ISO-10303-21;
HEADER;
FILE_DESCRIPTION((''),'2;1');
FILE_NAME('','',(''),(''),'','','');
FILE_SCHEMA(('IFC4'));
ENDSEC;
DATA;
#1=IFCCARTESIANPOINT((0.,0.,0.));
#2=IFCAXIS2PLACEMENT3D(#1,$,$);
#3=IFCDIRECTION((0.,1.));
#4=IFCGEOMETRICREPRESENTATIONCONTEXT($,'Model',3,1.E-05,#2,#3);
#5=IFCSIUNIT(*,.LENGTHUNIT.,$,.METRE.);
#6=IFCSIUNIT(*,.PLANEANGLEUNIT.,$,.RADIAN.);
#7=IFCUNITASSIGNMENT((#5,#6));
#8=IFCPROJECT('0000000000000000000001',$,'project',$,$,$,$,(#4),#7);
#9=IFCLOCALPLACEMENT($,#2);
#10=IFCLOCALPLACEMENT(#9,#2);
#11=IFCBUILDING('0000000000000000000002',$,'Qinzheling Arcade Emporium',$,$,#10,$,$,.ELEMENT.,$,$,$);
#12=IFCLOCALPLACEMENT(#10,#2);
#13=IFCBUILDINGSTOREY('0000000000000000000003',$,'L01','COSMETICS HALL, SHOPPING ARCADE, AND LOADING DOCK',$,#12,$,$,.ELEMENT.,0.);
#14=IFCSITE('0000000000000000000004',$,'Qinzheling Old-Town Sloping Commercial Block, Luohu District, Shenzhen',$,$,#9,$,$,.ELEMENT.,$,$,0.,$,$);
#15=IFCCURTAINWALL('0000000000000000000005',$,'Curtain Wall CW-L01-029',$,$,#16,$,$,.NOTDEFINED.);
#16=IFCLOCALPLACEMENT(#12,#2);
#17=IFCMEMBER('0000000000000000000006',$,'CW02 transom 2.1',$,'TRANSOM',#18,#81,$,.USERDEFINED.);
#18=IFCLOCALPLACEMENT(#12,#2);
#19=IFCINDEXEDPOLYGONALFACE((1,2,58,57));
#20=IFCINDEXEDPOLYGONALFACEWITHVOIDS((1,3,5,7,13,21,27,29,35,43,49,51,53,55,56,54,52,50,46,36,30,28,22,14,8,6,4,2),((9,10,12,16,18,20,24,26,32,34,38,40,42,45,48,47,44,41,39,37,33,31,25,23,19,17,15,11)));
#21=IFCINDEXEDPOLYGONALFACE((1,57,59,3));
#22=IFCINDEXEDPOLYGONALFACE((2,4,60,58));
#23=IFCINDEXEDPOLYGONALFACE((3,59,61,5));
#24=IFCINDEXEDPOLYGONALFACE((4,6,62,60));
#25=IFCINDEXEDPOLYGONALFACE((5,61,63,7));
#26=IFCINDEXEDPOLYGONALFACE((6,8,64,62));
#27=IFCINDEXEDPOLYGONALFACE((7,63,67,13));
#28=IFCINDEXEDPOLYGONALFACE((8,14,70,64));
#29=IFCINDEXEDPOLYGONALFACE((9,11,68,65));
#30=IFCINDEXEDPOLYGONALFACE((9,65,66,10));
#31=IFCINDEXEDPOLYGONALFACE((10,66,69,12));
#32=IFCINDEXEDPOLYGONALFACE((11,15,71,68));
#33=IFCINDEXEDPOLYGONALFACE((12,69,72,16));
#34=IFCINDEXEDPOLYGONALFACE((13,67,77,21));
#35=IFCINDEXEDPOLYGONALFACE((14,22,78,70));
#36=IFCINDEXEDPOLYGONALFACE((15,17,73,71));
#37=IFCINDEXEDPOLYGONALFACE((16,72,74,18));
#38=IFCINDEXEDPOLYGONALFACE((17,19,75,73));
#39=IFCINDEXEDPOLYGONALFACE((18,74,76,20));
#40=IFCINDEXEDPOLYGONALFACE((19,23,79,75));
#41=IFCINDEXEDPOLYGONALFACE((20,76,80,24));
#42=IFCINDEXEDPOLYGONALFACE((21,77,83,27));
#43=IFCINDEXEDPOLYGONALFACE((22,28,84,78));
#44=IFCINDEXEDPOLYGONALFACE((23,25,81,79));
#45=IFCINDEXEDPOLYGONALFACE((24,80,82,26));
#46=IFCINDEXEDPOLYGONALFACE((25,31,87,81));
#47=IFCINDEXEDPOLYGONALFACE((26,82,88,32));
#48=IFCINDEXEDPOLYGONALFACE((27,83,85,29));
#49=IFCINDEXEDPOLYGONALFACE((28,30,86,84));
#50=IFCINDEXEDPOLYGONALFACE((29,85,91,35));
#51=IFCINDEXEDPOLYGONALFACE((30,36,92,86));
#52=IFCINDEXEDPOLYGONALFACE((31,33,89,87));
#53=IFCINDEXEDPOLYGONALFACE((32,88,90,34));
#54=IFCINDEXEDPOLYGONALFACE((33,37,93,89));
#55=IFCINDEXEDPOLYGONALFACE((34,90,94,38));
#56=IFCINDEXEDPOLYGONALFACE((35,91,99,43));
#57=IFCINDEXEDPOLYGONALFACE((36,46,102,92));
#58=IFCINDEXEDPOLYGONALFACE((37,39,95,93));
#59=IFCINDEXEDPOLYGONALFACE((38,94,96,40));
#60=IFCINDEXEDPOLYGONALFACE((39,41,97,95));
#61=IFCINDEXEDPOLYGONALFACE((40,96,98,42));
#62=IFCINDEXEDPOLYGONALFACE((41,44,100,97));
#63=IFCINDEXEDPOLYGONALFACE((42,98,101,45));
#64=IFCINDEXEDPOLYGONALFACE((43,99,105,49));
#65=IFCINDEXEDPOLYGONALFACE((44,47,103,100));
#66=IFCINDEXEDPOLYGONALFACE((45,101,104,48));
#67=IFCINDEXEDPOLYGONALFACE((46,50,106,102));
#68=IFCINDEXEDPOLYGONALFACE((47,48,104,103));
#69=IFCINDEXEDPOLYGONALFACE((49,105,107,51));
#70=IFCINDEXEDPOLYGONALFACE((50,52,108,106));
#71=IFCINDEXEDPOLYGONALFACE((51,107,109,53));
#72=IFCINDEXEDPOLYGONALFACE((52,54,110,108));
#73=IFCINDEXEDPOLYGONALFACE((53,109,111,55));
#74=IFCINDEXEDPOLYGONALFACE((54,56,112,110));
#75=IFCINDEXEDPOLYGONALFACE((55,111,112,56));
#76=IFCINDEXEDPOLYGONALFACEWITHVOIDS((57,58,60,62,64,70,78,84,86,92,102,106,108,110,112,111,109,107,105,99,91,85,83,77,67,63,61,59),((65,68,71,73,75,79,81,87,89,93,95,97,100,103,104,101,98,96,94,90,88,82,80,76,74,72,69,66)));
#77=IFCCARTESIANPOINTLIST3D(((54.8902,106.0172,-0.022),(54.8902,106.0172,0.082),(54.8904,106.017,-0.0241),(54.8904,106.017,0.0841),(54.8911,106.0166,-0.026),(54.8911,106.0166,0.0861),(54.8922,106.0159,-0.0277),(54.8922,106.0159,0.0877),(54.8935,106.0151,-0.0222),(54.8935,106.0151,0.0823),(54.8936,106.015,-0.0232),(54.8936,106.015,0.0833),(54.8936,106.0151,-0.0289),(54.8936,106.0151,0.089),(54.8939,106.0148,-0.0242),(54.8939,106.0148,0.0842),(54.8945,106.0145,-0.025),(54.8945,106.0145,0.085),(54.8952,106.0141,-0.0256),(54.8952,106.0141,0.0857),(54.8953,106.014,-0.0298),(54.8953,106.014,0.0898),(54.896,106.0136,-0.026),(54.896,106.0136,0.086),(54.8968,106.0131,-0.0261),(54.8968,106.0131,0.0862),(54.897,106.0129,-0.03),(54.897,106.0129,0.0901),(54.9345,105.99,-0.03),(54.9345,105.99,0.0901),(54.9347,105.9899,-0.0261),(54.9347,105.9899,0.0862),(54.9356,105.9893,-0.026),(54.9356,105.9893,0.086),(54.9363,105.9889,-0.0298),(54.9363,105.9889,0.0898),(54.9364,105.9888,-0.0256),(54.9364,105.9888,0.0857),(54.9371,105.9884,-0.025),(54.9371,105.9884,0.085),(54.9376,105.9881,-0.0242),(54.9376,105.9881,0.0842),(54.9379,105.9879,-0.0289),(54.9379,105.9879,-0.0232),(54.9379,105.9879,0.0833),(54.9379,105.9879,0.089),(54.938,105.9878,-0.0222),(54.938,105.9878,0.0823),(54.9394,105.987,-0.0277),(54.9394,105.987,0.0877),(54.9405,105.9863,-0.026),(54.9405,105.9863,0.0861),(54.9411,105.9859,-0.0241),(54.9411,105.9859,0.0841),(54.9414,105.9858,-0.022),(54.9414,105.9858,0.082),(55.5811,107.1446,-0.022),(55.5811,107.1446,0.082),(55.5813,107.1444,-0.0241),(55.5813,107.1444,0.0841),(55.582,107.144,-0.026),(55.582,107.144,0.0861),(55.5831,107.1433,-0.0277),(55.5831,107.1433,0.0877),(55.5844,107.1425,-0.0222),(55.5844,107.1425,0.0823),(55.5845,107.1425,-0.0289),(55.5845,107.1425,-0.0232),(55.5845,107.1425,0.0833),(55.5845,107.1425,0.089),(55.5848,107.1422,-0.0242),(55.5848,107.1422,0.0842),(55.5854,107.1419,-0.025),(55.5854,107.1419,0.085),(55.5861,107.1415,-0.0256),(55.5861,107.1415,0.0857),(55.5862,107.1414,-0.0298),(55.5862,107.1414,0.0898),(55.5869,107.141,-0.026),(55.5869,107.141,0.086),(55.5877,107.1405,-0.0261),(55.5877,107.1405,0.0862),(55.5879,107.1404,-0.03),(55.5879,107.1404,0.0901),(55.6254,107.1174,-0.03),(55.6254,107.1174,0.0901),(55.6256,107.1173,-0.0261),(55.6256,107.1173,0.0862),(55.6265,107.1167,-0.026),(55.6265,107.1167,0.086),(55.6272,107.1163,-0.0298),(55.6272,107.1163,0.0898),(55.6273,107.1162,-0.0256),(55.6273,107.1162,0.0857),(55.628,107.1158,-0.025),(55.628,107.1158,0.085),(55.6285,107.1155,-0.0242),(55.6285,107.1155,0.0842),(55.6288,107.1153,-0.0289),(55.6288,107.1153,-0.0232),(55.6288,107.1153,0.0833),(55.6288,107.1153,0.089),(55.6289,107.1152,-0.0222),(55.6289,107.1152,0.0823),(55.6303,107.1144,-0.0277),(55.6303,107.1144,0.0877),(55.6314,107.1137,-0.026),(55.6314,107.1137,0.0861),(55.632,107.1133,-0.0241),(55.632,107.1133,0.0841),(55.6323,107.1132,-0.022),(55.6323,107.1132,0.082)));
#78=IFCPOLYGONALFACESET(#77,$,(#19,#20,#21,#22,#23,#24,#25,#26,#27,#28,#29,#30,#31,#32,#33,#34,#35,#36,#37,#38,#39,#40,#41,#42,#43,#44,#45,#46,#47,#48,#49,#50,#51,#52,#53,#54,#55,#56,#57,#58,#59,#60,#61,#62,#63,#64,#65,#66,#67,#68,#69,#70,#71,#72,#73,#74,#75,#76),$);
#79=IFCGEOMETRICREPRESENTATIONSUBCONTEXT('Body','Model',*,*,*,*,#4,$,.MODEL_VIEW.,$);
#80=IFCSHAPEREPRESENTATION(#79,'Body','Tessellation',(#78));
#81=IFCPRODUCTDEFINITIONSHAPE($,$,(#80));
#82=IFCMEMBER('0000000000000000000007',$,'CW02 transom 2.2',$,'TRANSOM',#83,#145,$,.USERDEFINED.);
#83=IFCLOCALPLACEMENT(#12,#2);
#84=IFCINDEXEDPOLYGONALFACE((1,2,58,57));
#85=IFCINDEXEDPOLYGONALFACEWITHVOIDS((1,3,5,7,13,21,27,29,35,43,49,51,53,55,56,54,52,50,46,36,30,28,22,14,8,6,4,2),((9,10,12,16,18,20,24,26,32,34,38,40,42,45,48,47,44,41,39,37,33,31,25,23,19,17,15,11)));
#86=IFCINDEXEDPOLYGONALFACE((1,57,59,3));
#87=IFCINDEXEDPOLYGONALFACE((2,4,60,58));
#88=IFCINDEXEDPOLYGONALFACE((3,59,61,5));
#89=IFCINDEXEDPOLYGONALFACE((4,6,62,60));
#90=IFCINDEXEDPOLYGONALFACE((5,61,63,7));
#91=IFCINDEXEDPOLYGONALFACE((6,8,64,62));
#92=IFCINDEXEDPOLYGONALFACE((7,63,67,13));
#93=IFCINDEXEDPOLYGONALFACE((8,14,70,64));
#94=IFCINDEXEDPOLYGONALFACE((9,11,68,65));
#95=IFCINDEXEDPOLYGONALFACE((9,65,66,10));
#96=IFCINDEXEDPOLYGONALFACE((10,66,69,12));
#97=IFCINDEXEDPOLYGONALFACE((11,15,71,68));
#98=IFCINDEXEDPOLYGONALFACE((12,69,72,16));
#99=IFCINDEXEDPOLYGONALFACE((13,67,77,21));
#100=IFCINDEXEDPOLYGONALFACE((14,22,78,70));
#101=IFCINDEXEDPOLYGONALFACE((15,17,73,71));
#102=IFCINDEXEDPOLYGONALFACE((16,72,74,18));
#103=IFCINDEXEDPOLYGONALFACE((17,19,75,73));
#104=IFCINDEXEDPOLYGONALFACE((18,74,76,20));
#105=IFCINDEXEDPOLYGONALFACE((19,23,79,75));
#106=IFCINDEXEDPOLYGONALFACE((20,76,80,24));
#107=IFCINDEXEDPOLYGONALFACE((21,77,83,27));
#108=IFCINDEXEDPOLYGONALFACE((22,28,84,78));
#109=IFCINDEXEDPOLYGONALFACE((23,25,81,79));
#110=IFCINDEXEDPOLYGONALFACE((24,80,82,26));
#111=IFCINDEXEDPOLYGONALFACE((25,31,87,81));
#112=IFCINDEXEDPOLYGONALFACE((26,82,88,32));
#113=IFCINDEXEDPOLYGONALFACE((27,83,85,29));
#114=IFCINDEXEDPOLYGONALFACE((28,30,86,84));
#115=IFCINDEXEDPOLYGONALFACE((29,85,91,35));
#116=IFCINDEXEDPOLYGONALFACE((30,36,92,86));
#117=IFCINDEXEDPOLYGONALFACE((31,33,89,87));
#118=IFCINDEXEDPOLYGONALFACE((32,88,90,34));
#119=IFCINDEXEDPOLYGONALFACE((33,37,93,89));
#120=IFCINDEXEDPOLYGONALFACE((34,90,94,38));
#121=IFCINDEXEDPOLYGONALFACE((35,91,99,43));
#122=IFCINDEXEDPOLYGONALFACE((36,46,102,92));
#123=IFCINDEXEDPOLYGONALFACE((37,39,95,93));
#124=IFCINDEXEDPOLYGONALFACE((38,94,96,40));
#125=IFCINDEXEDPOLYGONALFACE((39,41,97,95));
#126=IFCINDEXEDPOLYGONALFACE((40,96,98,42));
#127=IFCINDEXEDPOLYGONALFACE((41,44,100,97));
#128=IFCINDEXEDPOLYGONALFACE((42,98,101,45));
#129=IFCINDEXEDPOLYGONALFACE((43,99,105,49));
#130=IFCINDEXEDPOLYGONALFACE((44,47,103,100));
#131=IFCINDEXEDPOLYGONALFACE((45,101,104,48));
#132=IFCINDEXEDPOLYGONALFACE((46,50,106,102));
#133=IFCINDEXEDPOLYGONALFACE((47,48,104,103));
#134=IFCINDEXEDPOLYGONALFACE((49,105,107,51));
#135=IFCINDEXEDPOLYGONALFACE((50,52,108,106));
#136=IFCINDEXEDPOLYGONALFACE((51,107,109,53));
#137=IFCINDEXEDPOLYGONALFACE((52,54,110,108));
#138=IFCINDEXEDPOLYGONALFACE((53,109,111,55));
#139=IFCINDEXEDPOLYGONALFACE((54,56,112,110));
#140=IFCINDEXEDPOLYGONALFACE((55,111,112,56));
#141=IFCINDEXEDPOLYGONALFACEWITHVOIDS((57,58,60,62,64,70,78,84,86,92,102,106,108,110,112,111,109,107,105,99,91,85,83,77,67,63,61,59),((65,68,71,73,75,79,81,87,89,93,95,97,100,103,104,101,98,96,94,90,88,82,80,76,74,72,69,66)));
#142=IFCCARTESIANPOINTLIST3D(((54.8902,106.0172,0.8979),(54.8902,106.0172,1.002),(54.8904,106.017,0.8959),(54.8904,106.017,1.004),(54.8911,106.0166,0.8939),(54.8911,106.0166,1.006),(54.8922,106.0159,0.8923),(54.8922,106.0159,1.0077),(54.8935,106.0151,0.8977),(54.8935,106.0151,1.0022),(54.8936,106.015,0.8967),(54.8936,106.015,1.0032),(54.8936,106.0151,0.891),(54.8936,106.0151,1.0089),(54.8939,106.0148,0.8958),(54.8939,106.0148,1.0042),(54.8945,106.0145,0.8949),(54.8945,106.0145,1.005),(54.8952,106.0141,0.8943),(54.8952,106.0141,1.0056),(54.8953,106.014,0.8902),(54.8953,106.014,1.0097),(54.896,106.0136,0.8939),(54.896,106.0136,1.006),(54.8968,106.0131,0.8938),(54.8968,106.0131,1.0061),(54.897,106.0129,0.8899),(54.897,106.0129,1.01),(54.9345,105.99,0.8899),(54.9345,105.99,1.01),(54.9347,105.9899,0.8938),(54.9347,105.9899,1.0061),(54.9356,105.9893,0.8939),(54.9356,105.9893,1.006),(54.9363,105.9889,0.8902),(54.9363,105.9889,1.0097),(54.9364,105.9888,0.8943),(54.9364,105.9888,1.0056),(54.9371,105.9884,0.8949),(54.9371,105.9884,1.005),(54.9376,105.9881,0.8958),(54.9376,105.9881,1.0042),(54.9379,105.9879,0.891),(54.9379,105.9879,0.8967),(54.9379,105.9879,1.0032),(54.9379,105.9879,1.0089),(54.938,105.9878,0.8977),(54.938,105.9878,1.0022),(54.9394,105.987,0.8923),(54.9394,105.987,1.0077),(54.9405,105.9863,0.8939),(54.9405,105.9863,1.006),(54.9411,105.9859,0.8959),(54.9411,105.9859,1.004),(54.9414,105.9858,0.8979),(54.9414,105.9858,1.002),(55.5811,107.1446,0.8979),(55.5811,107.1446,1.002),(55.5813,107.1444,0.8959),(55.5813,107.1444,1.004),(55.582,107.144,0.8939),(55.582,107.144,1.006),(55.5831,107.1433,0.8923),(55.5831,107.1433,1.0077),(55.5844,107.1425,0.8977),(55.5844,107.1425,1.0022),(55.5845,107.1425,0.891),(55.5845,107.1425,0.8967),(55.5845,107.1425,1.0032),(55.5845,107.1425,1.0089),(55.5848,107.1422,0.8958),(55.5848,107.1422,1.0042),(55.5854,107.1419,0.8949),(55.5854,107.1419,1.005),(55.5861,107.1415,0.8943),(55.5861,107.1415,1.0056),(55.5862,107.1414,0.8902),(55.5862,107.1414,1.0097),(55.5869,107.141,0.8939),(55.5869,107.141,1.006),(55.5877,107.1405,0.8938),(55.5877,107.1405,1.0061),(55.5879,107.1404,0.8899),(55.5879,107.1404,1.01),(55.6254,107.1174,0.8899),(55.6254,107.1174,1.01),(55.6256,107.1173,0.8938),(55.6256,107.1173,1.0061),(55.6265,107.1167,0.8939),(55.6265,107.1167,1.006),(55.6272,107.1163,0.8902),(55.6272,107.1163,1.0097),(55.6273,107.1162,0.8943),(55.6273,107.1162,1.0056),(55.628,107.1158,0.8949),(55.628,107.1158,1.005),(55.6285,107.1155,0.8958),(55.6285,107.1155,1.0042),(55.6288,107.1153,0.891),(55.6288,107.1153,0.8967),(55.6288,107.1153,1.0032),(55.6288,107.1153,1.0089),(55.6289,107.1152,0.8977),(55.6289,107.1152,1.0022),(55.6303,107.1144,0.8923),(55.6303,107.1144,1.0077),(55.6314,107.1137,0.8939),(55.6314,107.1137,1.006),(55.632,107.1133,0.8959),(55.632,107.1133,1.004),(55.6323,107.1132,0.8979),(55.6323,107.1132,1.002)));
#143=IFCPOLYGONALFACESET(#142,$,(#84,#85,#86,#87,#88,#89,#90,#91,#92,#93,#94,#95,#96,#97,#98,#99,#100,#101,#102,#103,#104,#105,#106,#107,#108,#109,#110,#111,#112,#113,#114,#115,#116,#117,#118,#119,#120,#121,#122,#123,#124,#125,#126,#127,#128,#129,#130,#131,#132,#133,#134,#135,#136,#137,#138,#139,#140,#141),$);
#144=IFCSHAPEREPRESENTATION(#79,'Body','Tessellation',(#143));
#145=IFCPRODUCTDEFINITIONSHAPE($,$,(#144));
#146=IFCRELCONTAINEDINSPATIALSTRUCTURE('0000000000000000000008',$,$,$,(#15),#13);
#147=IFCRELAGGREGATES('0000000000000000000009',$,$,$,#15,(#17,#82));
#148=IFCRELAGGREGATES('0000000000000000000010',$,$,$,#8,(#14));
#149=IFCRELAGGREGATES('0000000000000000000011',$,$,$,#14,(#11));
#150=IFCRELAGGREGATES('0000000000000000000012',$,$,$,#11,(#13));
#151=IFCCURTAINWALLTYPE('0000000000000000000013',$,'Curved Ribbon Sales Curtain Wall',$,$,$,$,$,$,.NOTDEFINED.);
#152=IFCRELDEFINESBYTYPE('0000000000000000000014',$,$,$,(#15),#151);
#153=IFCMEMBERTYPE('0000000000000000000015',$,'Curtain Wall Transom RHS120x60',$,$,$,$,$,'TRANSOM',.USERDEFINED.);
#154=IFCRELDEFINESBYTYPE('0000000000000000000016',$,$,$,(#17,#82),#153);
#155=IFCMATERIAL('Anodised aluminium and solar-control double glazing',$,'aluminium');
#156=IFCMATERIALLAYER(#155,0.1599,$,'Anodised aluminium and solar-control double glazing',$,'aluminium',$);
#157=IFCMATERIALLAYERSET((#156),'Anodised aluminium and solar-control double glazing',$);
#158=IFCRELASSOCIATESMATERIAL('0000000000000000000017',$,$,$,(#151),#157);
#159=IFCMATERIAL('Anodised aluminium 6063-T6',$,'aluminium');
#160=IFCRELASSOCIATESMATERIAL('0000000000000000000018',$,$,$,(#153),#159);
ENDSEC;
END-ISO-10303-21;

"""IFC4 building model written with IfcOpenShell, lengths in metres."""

from ifc_helpers import new_model, si_unit, direction, frame, origin, origin_2d, place, context, subcontext, project, spatial, hollow_rectangle, extrude, material, layer, layer_set, material_profile, profile_set, type_object, element, aggregate, save


model = new_model("IFC4")

# Units and contexts
model_context = context("Model", 3, precision=1e-05, world=origin(), true_north=direction((0.0, 1.0)))
body_context = subcontext(model_context, "Body", "Model", "MODEL_VIEW")
ifc_project = project(units=[si_unit("LENGTHUNIT", "METRE"), si_unit("PLANEANGLEUNIT", "RADIAN")], contexts=[model_context])

# Site, building, storey
site_placement = place(None, origin())
site = spatial("IfcSite", under=ifc_project, at=site_placement, Name="Qinzheling Old-Town Sloping Commercial Block, Luohu District, Shenzhen", CompositionType="ELEMENT", RefElevation=0.0)
building_placement = place(site_placement, origin())
building = spatial("IfcBuilding", under=site, at=building_placement, Name="Qinzheling Arcade Emporium", CompositionType="ELEMENT")
storey_placement = place(building_placement, origin())
storey = spatial("IfcBuildingStorey", under=building, at=storey_placement, Name="L01", Description="COSMETICS HALL, SHOPPING ARCADE, AND LOADING DOCK", CompositionType="ELEMENT", Elevation=0.0)

# Shared definitions
ifc_material_1 = material(Name="Anodised aluminium and solar-control double glazing", Category="aluminium")
ifc_layer_1 = layer(ifc_material_1, 0.1599, Name="Anodised aluminium and solar-control double glazing", Category="aluminium")
ifc_layer_set_1 = layer_set([ifc_layer_1], Name="Anodised aluminium and solar-control double glazing")
curtain_wall_type = type_object("IfcCurtainWallType", Name="Curved Ribbon Sales Curtain Wall", PredefinedType="NOTDEFINED", material=ifc_layer_set_1)
ifc_material_2 = material(Name="Anodised aluminium 6063-T6", Category="aluminium")

# Curtain wall
curtain_wall_1_placement = place(storey_placement, origin())
curtain_wall_1 = element("IfcCurtainWall", 1, at=curtain_wall_1_placement, inside=storey, type_object=curtain_wall_type, Name="Curtain Wall CW-L01-029", PredefinedType="NOTDEFINED")

# Members
ifc_material_profile_1 = material_profile(ifc_material_2, hollow_rectangle(XDim=0.0601, YDim=0.1201, WallThickness=0.0039, InnerFilletRadius=0.0039, OuterFilletRadius=0.0081, at=origin_2d()), Name="RHS 120x60x4", Category="aluminium")
ifc_profile_set_1 = profile_set([ifc_material_profile_1], Name="Anodised aluminium 6063-T6")
member_type_1 = type_object("IfcMemberType", Name="Curtain Wall Transom RHS120x60", ElementType="TRANSOM", PredefinedType="USERDEFINED", material=ifc_profile_set_1)
member_1_placement = place(storey_placement, frame((54.9158, 106.0015, 0.03), z_axis=(0.52251, 0.852633, 0.0), x_axis=(-0.852633, 0.52251, 0.0)))
member_1 = element("IfcMember", 2, at=member_1_placement, type_object=member_type_1, Name="CW02 transom 2.1", ObjectType="TRANSOM", PredefinedType="USERDEFINED", context=body_context, shape_type="SweptSolid", body=[
    extrude(hollow_rectangle(XDim=0.0601, YDim=0.1201, WallThickness=0.0039, InnerFilletRadius=0.0039, OuterFilletRadius=0.0081, at=origin_2d()), origin(), (0.0, 0.0, 1.0), 1.3223),
])
member_2_placement = place(storey_placement, frame((54.9158, 106.0015, 0.95), z_axis=(0.52251, 0.852633, 0.0), x_axis=(-0.852633, 0.52251, 0.0)))
member_2 = element("IfcMember", 3, at=member_2_placement, type_object=member_type_1, Name="CW02 transom 2.2", ObjectType="TRANSOM", PredefinedType="USERDEFINED", context=body_context, shape_type="SweptSolid", body=[
    extrude(hollow_rectangle(XDim=0.0601, YDim=0.1201, WallThickness=0.0039, InnerFilletRadius=0.0039, OuterFilletRadius=0.0081, at=origin_2d()), origin(), (0.0, 0.0, 1.0), 1.3223),
])

aggregate(curtain_wall_1, [member_1, member_2])

save(model, "model.ifc")
